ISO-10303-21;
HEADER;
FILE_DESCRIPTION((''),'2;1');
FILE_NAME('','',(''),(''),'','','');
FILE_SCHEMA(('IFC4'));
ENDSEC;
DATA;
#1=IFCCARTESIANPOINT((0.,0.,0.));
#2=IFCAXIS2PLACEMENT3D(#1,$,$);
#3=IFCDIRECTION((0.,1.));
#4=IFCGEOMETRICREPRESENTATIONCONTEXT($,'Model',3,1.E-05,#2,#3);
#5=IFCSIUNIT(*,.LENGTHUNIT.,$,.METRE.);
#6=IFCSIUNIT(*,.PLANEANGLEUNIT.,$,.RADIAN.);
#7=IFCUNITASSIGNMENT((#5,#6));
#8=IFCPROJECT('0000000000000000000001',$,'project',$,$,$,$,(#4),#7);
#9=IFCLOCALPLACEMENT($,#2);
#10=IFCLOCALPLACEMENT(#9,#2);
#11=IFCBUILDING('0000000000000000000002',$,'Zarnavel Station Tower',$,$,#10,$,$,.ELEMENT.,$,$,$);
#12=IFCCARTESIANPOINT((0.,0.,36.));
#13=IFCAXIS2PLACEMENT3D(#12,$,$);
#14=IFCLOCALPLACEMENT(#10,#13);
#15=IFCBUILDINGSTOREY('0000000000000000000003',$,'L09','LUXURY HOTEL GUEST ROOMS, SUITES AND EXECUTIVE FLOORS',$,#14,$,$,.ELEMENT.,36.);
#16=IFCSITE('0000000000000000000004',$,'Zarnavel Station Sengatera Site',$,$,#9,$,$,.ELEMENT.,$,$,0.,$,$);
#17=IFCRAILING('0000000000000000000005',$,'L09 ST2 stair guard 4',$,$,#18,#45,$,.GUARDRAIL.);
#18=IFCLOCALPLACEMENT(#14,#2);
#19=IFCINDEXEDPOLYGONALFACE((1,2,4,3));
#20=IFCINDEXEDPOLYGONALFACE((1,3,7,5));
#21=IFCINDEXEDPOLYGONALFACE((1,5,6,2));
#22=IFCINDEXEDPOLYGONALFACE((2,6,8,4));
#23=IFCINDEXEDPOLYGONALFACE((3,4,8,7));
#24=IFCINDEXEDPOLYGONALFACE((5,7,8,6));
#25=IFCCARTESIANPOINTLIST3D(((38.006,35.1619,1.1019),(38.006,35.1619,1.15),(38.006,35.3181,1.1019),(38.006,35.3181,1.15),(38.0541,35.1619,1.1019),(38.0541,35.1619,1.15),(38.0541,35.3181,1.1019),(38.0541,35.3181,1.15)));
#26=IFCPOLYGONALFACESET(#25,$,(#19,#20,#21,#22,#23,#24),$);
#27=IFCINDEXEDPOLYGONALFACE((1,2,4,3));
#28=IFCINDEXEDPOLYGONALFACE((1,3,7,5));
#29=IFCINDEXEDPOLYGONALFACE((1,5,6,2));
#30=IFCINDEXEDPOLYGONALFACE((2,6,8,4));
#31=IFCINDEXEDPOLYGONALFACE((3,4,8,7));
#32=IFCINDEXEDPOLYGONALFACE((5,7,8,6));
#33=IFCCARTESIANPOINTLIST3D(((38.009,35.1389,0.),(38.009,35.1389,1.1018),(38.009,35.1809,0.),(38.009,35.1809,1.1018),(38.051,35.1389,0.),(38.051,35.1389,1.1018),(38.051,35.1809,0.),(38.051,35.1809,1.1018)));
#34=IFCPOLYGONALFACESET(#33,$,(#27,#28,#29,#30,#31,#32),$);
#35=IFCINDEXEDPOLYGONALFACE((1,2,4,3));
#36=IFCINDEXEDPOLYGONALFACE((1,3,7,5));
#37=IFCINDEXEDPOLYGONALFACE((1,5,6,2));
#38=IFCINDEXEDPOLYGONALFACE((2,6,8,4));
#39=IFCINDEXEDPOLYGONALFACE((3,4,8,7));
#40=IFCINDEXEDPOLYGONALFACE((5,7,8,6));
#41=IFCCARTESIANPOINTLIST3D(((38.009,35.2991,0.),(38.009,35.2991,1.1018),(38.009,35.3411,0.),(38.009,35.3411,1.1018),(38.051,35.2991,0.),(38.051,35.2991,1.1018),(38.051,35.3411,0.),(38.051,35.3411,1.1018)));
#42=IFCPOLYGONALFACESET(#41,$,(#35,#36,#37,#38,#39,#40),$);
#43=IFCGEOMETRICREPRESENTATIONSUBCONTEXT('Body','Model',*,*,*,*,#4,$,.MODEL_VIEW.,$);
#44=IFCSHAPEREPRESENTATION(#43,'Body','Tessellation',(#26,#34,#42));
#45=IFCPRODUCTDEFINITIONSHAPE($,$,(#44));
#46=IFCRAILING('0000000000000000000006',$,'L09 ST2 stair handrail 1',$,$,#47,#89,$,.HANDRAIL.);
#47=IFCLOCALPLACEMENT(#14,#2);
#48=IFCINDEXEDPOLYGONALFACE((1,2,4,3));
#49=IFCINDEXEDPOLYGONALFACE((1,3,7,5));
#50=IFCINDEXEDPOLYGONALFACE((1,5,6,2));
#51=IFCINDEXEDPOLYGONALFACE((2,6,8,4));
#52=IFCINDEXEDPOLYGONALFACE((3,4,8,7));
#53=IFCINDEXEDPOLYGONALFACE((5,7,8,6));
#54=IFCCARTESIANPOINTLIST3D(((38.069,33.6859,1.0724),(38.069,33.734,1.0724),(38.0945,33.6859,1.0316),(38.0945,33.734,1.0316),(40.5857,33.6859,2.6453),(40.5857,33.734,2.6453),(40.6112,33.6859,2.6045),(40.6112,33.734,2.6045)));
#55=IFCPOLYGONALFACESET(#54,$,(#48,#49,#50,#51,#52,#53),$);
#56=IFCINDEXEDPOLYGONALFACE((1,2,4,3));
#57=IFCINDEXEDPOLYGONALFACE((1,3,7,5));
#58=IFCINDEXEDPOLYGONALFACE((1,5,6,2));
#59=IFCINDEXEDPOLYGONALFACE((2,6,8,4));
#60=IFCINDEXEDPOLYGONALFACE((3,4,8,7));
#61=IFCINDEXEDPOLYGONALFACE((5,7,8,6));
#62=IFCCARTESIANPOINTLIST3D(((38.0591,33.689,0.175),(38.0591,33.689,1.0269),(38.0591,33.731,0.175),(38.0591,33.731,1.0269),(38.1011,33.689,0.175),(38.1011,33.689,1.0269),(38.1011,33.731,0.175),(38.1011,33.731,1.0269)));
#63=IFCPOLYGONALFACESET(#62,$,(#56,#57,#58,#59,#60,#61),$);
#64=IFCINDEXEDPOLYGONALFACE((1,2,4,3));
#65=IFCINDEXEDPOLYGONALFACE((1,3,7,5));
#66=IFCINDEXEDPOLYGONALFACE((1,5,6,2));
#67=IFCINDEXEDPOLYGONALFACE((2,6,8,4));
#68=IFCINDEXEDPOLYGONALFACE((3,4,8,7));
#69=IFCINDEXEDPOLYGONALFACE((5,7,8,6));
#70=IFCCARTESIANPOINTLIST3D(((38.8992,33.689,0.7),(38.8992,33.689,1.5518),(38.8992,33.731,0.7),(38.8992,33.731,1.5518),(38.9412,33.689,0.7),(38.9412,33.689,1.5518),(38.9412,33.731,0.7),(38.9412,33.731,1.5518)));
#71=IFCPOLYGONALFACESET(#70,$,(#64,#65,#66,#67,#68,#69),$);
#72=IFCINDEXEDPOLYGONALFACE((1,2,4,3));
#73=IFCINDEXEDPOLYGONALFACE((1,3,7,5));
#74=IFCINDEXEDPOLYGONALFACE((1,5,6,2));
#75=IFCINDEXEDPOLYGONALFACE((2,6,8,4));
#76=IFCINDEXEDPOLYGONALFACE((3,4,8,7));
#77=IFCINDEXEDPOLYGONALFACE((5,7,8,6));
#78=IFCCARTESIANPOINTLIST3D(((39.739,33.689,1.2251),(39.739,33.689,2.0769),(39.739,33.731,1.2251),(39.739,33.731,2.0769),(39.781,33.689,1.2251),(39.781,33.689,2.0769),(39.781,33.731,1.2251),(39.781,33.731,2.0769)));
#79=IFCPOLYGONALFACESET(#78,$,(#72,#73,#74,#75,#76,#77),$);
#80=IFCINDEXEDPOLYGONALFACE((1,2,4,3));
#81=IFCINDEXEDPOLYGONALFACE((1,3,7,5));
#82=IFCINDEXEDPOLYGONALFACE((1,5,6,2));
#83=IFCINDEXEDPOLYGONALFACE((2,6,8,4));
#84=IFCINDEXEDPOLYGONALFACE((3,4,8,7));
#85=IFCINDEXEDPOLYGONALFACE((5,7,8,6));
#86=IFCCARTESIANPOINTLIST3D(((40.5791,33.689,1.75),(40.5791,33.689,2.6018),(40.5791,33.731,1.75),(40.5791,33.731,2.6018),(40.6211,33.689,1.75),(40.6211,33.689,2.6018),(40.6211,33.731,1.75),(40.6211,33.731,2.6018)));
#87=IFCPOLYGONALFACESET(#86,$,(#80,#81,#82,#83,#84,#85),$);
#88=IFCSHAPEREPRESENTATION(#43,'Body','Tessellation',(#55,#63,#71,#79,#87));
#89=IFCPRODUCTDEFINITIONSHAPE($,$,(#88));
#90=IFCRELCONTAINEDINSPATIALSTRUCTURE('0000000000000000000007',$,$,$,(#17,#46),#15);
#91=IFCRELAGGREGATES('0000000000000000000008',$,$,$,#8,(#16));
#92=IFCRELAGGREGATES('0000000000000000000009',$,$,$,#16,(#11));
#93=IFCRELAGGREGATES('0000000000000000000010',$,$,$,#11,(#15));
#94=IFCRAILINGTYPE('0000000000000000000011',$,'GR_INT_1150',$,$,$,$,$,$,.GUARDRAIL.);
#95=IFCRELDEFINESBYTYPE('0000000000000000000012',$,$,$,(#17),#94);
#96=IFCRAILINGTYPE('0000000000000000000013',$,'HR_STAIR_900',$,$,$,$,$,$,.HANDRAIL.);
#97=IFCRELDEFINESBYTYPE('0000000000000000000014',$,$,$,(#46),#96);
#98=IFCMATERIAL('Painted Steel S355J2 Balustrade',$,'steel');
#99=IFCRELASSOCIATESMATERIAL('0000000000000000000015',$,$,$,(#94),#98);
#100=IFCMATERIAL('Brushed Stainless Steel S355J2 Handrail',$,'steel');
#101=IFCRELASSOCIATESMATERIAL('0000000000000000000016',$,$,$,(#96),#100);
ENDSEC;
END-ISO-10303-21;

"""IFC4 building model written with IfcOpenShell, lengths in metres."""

from ifc_helpers import new_model, si_unit, direction, frame, origin, origin_2d, place, context, subcontext, project, spatial, rectangle, extrude, material, type_object, element, save


model = new_model("IFC4")

# Units and contexts
model_context = context("Model", 3, precision=1e-05, world=origin(), true_north=direction((0.0, 1.0)))
body_context = subcontext(model_context, "Body", "Model", "MODEL_VIEW")
ifc_project = project(units=[si_unit("LENGTHUNIT", "METRE"), si_unit("PLANEANGLEUNIT", "RADIAN")], contexts=[model_context])

# Site, building, storey
site_placement = place(None, origin())
site = spatial("IfcSite", under=ifc_project, at=site_placement, Name="Zarnavel Station Sengatera Site", CompositionType="ELEMENT", RefElevation=0.0)
building_placement = place(site_placement, origin())
building = spatial("IfcBuilding", under=site, at=building_placement, Name="Zarnavel Station Tower", CompositionType="ELEMENT")
storey_placement = place(building_placement, frame((0.0, 0.0, 36.0)))
storey = spatial("IfcBuildingStorey", under=building, at=storey_placement, Name="L09", Description="LUXURY HOTEL GUEST ROOMS, SUITES AND EXECUTIVE FLOORS", CompositionType="ELEMENT", Elevation=36.0)

# Railings
ifc_material_1 = material(Name="Painted Steel S355J2 Balustrade", Category="steel")
railing_type_1 = type_object("IfcRailingType", Name="GR_INT_1150", PredefinedType="GUARDRAIL", material=ifc_material_1)
railing_1_placement = place(storey_placement, frame((38.03, 35.1599, 0.0)))
element("IfcRailing", 1, at=railing_1_placement, inside=storey, type_object=railing_type_1, Name="L09 ST2 stair guard 4", PredefinedType="GUARDRAIL", context=body_context, shape_type="SweptSolid", body=[
    extrude(rectangle(XDim=0.0481, YDim=0.0481, at=origin_2d()), frame((0.0, 0.002, 1.126), z_axis=(0.0, 1.0, 0.0), x_axis=(-1.0, 0.0, 0.0)), (0.0, 0.0, 1.0), 0.1562),
    extrude(rectangle(XDim=0.042, YDim=0.042, at=origin_2d()), origin(), (0.0, 0.0, 1.0), 1.1018),
    extrude(rectangle(XDim=0.042, YDim=0.042, at=origin_2d()), frame((0.0, 0.1602, 0.0)), (0.0, 0.0, 1.0), 1.1018),
])
ifc_material_2 = material(Name="Brushed Stainless Steel S355J2 Handrail", Category="steel")
railing_type_2 = type_object("IfcRailingType", Name="HR_STAIR_900", PredefinedType="HANDRAIL", material=ifc_material_2)
railing_2_placement = place(storey_placement, frame((38.0801, 33.71, 0.175)))
element("IfcRailing", 2, at=railing_2_placement, inside=storey, type_object=railing_type_2, Name="L09 ST2 stair handrail 1", PredefinedType="HANDRAIL", context=body_context, shape_type="SweptSolid", body=[
    extrude(rectangle(XDim=0.0481, YDim=0.0481, at=origin_2d()), frame((0.0017, 0.0, 0.877), z_axis=(0.848008, 0.0, 0.529984), x_axis=(0.0, 1.0, 0.0)), (0.0, 0.0, 1.0), 2.9678),
    extrude(rectangle(XDim=0.042, YDim=0.042, at=origin_2d()), origin(), (0.0, 0.0, 1.0), 0.8518),
    extrude(rectangle(XDim=0.042, YDim=0.042, at=origin_2d()), frame((0.8401, 0.0, 0.5249)), (0.0, 0.0, 1.0), 0.8518),
    extrude(rectangle(XDim=0.042, YDim=0.042, at=origin_2d()), frame((1.6799, 0.0, 1.05)), (0.0, 0.0, 1.0), 0.8518),
    extrude(rectangle(XDim=0.042, YDim=0.042, at=origin_2d()), frame((2.52, 0.0, 1.575)), (0.0, 0.0, 1.0), 0.8518),
])

save(model, "model.ifc")
